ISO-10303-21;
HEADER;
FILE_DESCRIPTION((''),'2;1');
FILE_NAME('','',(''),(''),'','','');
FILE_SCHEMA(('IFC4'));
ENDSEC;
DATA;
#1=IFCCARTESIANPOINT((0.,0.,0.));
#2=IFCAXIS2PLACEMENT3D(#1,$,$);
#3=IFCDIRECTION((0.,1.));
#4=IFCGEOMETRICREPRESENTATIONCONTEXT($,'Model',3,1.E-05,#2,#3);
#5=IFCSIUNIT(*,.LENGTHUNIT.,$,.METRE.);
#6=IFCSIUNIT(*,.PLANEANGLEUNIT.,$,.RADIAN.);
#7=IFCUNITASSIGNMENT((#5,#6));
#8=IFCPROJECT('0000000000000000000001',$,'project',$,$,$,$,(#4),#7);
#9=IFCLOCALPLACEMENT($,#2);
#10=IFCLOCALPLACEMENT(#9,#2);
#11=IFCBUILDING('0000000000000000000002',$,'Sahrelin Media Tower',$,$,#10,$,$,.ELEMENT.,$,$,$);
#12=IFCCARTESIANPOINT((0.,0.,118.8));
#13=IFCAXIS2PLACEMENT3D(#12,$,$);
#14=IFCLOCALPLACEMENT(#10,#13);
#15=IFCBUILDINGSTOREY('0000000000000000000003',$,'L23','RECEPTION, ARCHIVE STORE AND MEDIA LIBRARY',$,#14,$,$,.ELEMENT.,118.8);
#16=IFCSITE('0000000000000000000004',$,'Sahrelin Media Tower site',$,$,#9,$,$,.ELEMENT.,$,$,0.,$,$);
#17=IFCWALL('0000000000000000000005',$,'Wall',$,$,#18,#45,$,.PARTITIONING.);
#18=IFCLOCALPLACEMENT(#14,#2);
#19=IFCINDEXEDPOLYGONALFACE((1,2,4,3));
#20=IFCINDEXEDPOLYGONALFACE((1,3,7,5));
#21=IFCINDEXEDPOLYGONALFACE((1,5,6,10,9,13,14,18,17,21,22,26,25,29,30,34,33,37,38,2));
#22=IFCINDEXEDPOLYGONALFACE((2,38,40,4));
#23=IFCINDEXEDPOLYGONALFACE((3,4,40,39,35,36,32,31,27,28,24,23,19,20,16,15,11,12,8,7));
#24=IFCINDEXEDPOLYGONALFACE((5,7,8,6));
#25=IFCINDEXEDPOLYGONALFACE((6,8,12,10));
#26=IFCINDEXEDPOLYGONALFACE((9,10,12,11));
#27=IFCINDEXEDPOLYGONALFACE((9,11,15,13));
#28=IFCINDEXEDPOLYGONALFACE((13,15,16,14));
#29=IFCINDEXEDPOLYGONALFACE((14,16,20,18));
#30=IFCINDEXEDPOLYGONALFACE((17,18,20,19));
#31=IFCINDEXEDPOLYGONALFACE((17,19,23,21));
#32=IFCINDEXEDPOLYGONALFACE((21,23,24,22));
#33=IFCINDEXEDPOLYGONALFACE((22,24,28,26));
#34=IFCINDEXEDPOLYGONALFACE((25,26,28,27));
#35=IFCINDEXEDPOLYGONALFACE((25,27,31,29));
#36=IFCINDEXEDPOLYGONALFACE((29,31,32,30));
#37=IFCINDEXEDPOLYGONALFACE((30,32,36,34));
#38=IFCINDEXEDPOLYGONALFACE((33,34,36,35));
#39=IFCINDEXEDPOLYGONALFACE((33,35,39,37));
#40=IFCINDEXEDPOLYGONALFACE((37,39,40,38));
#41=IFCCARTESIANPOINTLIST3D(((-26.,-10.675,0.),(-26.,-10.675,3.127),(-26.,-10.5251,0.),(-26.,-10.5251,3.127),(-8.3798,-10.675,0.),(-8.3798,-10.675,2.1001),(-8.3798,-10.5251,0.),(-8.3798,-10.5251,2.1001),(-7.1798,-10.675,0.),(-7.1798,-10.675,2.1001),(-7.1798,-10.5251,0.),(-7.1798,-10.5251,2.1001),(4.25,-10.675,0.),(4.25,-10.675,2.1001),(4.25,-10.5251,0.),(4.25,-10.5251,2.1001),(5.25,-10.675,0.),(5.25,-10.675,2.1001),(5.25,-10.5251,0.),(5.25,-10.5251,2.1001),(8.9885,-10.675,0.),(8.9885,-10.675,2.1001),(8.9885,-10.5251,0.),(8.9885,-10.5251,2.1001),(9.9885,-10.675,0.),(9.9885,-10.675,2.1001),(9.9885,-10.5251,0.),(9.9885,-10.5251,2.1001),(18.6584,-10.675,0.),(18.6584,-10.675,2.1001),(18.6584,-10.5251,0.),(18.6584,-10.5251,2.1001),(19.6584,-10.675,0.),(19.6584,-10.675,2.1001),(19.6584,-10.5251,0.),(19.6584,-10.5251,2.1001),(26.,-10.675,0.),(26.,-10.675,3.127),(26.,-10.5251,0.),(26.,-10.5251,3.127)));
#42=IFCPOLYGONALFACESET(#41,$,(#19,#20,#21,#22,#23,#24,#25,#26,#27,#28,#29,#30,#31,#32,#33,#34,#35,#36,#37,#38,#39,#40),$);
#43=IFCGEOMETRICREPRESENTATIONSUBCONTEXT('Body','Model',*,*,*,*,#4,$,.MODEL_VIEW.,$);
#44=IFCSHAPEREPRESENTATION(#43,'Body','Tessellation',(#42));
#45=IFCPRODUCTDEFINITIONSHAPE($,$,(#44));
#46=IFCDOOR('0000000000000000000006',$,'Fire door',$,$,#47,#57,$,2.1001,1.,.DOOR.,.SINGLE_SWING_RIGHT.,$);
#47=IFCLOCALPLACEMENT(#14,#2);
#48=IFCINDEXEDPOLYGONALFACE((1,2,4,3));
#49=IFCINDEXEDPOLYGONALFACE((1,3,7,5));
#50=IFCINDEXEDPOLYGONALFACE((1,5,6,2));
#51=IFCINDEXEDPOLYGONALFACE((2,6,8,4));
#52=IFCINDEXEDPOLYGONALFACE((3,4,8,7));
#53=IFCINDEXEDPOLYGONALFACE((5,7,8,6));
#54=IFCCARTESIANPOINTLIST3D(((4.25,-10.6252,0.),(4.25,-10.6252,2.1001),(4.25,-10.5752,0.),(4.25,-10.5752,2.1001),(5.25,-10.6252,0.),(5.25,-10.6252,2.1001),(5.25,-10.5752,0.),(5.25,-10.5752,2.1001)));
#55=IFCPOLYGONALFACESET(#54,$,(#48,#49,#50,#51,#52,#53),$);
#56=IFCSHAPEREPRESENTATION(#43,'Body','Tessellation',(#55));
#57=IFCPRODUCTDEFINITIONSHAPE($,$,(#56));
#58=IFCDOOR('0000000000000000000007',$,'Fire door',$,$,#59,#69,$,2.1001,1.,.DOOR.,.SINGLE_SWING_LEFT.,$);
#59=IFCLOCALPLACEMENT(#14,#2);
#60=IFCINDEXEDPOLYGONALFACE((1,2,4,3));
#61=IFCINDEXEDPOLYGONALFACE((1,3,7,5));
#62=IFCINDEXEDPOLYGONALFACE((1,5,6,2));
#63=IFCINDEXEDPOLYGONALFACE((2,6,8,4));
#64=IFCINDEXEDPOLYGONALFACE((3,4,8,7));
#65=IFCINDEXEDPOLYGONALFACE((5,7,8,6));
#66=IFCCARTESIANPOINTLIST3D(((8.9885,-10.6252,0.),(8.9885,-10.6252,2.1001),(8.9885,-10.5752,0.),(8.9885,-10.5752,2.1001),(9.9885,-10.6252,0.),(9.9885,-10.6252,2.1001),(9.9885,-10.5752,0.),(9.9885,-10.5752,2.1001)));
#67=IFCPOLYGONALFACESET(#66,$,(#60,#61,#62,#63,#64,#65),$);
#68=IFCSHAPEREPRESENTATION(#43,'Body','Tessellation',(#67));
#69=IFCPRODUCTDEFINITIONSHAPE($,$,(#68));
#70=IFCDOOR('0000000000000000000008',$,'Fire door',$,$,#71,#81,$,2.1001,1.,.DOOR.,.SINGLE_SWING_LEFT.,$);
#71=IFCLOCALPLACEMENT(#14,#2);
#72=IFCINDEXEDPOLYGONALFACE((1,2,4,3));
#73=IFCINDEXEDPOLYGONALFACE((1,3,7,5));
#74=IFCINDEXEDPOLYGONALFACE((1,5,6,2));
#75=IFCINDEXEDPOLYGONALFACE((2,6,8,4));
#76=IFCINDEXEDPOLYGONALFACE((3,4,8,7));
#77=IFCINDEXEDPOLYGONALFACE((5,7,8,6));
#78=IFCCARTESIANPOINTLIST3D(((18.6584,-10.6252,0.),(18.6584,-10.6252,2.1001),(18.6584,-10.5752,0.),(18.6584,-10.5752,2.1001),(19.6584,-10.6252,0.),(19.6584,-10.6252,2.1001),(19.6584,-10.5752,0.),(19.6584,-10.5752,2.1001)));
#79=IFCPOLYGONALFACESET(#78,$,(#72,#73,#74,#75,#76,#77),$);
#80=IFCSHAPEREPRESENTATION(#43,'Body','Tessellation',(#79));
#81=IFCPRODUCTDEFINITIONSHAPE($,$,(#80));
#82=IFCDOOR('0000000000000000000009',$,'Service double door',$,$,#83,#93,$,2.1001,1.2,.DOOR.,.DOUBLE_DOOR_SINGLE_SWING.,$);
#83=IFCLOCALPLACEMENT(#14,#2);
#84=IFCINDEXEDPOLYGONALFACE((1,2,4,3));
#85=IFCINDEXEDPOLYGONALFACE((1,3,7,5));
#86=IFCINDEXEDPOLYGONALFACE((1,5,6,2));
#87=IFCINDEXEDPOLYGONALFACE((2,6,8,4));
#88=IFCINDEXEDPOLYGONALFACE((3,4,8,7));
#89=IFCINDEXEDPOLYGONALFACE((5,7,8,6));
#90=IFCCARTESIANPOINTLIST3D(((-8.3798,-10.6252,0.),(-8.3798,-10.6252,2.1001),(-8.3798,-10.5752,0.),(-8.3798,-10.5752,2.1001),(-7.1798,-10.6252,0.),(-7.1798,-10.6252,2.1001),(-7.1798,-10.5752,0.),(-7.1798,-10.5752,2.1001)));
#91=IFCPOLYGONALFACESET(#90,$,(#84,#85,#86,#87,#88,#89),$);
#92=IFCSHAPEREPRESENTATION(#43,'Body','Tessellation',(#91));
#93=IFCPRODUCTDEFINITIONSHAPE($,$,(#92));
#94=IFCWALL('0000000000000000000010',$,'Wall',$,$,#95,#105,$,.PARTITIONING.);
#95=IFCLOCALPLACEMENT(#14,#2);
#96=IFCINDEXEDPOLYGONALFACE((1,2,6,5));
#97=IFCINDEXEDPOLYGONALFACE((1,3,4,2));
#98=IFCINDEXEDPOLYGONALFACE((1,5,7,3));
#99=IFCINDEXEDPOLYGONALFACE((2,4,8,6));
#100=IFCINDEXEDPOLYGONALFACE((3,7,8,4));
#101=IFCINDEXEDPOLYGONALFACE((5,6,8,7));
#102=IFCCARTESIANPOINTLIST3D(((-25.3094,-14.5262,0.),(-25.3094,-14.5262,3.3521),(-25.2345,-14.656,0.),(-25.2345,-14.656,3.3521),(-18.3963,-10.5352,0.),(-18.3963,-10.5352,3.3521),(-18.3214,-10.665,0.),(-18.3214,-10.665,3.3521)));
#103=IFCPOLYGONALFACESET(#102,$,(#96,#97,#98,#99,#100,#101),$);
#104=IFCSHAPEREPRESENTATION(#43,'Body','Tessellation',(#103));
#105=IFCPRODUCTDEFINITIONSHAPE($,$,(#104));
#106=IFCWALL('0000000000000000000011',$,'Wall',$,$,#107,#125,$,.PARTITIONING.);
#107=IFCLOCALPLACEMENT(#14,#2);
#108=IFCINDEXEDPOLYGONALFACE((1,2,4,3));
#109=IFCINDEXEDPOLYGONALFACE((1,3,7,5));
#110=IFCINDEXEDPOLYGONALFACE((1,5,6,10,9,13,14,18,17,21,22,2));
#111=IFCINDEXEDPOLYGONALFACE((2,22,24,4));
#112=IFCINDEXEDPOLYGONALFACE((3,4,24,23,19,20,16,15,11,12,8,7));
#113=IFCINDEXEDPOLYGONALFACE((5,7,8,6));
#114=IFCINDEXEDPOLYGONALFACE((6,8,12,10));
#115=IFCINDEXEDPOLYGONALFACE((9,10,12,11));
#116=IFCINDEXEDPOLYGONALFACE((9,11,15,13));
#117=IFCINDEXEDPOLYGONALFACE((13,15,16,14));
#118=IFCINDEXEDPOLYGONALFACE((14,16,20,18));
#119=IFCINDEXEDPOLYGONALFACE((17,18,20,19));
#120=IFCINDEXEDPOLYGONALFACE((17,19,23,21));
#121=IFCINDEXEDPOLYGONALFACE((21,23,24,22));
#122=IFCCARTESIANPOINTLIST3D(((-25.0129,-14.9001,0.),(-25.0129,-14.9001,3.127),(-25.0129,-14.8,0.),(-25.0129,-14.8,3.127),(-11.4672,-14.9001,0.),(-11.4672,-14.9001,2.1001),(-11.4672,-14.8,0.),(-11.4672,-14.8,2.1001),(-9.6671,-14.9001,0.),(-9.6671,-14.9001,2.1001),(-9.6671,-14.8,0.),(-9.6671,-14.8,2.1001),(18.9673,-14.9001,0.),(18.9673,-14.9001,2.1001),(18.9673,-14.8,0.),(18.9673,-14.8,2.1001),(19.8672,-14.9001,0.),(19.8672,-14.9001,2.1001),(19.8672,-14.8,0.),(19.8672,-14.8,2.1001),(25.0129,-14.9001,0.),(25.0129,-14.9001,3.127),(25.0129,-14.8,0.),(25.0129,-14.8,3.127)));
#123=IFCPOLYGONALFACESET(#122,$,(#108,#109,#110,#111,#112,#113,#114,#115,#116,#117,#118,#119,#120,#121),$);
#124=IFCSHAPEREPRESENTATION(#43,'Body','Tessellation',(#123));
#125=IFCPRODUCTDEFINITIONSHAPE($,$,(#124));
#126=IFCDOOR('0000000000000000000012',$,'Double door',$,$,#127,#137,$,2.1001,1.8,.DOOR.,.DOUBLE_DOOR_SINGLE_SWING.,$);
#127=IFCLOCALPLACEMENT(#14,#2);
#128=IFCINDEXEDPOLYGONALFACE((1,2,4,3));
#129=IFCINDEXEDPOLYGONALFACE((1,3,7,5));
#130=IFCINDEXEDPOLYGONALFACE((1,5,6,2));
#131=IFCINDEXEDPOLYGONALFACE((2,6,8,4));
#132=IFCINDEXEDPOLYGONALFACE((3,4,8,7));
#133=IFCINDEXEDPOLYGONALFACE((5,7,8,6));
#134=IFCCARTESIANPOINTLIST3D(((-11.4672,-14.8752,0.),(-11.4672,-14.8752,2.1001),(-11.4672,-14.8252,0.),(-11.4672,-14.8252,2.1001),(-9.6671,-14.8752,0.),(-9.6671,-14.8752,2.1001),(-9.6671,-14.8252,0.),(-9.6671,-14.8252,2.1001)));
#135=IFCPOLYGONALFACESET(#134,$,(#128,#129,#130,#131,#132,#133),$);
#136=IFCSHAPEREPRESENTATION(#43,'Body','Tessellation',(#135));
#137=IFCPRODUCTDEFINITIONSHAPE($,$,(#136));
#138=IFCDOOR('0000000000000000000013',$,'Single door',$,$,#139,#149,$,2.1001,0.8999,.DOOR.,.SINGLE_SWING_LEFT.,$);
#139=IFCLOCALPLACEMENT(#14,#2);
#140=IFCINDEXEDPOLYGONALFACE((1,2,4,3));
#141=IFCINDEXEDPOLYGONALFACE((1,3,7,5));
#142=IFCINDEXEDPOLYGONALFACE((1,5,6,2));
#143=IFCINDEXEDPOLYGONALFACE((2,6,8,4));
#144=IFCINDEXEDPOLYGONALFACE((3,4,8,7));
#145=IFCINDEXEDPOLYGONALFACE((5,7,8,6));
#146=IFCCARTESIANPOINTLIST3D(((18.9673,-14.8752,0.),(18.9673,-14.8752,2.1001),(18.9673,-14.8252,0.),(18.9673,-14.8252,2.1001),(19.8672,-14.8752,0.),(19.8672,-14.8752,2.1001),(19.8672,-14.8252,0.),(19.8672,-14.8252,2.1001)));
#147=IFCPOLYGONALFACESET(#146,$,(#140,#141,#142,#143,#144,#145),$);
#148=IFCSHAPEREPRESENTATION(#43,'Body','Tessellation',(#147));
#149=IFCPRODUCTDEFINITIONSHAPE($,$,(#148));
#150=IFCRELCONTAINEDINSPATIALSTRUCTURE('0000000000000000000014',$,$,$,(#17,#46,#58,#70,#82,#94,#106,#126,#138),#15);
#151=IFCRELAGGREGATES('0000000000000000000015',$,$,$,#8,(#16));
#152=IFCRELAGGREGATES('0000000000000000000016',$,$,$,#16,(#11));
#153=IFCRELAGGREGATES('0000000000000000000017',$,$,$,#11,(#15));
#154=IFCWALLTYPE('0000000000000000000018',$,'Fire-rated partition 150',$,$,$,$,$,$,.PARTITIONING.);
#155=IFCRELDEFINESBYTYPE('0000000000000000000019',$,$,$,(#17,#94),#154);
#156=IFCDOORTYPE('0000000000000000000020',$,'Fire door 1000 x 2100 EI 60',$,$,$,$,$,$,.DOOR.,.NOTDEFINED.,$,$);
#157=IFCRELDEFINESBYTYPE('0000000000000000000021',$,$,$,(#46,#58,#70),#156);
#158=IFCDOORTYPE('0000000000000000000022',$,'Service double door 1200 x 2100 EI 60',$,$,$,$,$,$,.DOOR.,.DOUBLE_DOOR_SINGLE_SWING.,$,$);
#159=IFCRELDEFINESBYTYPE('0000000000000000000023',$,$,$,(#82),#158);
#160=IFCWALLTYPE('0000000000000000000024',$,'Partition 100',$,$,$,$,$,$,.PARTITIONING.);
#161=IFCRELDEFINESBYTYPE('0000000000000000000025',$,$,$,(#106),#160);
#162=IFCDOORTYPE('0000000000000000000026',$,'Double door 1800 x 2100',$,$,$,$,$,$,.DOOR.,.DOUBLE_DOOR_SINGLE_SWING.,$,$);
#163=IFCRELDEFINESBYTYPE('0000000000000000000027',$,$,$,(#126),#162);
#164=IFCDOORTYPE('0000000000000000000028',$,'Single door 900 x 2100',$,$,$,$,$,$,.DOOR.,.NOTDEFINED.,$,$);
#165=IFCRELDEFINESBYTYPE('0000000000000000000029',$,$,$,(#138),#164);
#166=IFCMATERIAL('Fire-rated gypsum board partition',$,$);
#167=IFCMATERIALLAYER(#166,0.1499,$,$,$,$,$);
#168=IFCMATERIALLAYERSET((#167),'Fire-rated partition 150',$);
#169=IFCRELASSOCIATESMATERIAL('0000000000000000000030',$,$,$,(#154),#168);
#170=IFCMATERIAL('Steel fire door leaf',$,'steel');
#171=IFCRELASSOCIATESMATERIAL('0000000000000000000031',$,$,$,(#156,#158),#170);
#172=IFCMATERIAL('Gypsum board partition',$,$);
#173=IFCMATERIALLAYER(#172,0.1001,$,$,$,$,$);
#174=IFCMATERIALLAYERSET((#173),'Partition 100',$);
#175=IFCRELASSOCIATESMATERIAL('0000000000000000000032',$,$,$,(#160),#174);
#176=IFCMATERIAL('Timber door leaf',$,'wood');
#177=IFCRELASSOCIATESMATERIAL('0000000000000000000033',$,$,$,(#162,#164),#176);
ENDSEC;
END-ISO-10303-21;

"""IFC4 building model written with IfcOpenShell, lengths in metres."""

from ifc_helpers import new_model, si_unit, direction, frame, frame_2d, origin, place, context, subcontext, project, spatial, rectangle, extrude, material, layer, layer_set, type_object, element, fill, save


model = new_model("IFC4")

# Units and contexts
model_context = context("Model", 3, precision=1e-05, world=origin(), true_north=direction((0.0, 1.0)))
body_context = subcontext(model_context, "Body", "Model", "MODEL_VIEW")
ifc_project = project(units=[si_unit("LENGTHUNIT", "METRE"), si_unit("PLANEANGLEUNIT", "RADIAN")], contexts=[model_context])

# Site, building, storey
site_placement = place(None, origin())
site = spatial("IfcSite", under=ifc_project, at=site_placement, Name="Sahrelin Media Tower site", CompositionType="ELEMENT", RefElevation=0.0)
building_placement = place(site_placement, origin())
building = spatial("IfcBuilding", under=site, at=building_placement, Name="Sahrelin Media Tower", CompositionType="ELEMENT")
storey_placement = place(building_placement, frame((0.0, 0.0, 118.8)))
storey = spatial("IfcBuildingStorey", under=building, at=storey_placement, Name="L23", Description="RECEPTION, ARCHIVE STORE AND MEDIA LIBRARY", CompositionType="ELEMENT", Elevation=118.8)

# Wall, openings, doors
ifc_material_1 = material(Name="Fire-rated gypsum board partition")
ifc_layer_1 = layer(ifc_material_1, 0.1499)
ifc_layer_set_1 = layer_set([ifc_layer_1], Name="Fire-rated partition 150")
wall_type_1 = type_object("IfcWallType", Name="Fire-rated partition 150", PredefinedType="PARTITIONING", material=ifc_layer_set_1)
wall_1_placement = place(storey_placement, frame((-26.0, -10.6001, 0.0), z_axis=(0.0, 0.0, 1.0), x_axis=(1.0, 0.0, 0.0)))
wall_1 = element("IfcWall", 1, at=wall_1_placement, inside=storey, type_object=wall_type_1, Name="Wall", PredefinedType="PARTITIONING", context=body_context, shape_type="SweptSolid", body=[
    extrude(rectangle(XDim=52.0, YDim=0.1499, at=frame_2d((26.0, 0.0))), origin(), (0.0, 0.0, 1.0), 3.127),
])
opening_1_placement = place(wall_1_placement, frame((17.6201, 0.0, 0.0)))
opening_1 = element("IfcOpeningElement", 2, at=opening_1_placement, cuts=wall_1, PredefinedType="OPENING", context=body_context, shape_type="SweptSolid", body=[
    extrude(rectangle(XDim=1.2, YDim=2.1001, at=frame_2d((0.6001, 1.05))), frame((0.0, 0.075, 0.0), z_axis=(0.0, -1.0, 0.0), x_axis=(1.0, 0.0, 0.0)), (0.0, 0.0, 1.0), 0.1499),
])
opening_2_placement = place(wall_1_placement, frame((30.25, 0.0, 0.0)))
opening_2 = element("IfcOpeningElement", 3, at=opening_2_placement, cuts=wall_1, PredefinedType="OPENING", context=body_context, shape_type="SweptSolid", body=[
    extrude(rectangle(XDim=1.0, YDim=2.1001, at=frame_2d((0.5, 1.05))), frame((0.0, 0.075, 0.0), z_axis=(0.0, -1.0, 0.0), x_axis=(1.0, 0.0, 0.0)), (0.0, 0.0, 1.0), 0.1499),
])
opening_3_placement = place(wall_1_placement, frame((34.9885, 0.0, 0.0)))
opening_3 = element("IfcOpeningElement", 4, at=opening_3_placement, cuts=wall_1, PredefinedType="OPENING", context=body_context, shape_type="SweptSolid", body=[
    extrude(rectangle(XDim=1.0, YDim=2.1001, at=frame_2d((0.5, 1.05))), frame((0.0, 0.075, 0.0), z_axis=(0.0, -1.0, 0.0), x_axis=(1.0, 0.0, 0.0)), (0.0, 0.0, 1.0), 0.1499),
])
opening_4_placement = place(wall_1_placement, frame((44.6584, 0.0, 0.0)))
opening_4 = element("IfcOpeningElement", 5, at=opening_4_placement, cuts=wall_1, PredefinedType="OPENING", context=body_context, shape_type="SweptSolid", body=[
    extrude(rectangle(XDim=1.0, YDim=2.1001, at=frame_2d((0.5, 1.05))), frame((0.0, 0.075, 0.0), z_axis=(0.0, -1.0, 0.0), x_axis=(1.0, 0.0, 0.0)), (0.0, 0.0, 1.0), 0.1499),
])
ifc_material_2 = material(Name="Steel fire door leaf", Category="steel")
door_type_1 = type_object("IfcDoorType", Name="Fire door 1000 x 2100 EI 60", OperationType="NOTDEFINED", PredefinedType="DOOR", material=ifc_material_2)
door_1_placement = place(opening_2_placement, origin())
door_1 = element("IfcDoor", 6, at=door_1_placement, inside=storey, type_object=door_type_1, Name="Fire door", OperationType="SINGLE_SWING_RIGHT", OverallHeight=2.1001, OverallWidth=1.0, PredefinedType="DOOR", context=body_context, shape_type="SweptSolid", body=[
    extrude(rectangle(XDim=1.0, YDim=2.1001, at=frame_2d((0.5, 1.05))), frame((0.0, 0.0249, 0.0), z_axis=(0.0, -1.0, 0.0), x_axis=(1.0, 0.0, 0.0)), (0.0, 0.0, 1.0), 0.05),
])
fill(opening_2, door_1)
door_2_placement = place(opening_3_placement, origin())
door_2 = element("IfcDoor", 7, at=door_2_placement, inside=storey, type_object=door_type_1, Name="Fire door", OperationType="SINGLE_SWING_LEFT", OverallHeight=2.1001, OverallWidth=1.0, PredefinedType="DOOR", context=body_context, shape_type="SweptSolid", body=[
    extrude(rectangle(XDim=1.0, YDim=2.1001, at=frame_2d((0.5, 1.05))), frame((0.0, 0.0249, 0.0), z_axis=(0.0, -1.0, 0.0), x_axis=(1.0, 0.0, 0.0)), (0.0, 0.0, 1.0), 0.05),
])
fill(opening_3, door_2)
door_3_placement = place(opening_4_placement, origin())
door_3 = element("IfcDoor", 8, at=door_3_placement, inside=storey, type_object=door_type_1, Name="Fire door", OperationType="SINGLE_SWING_LEFT", OverallHeight=2.1001, OverallWidth=1.0, PredefinedType="DOOR", context=body_context, shape_type="SweptSolid", body=[
    extrude(rectangle(XDim=1.0, YDim=2.1001, at=frame_2d((0.5, 1.05))), frame((0.0, 0.0249, 0.0), z_axis=(0.0, -1.0, 0.0), x_axis=(1.0, 0.0, 0.0)), (0.0, 0.0, 1.0), 0.05),
])
fill(opening_4, door_3)
door_type_2 = type_object("IfcDoorType", Name="Service double door 1200 x 2100 EI 60", OperationType="DOUBLE_DOOR_SINGLE_SWING", PredefinedType="DOOR", material=ifc_material_2)
door_4_placement = place(opening_1_placement, origin())
door_4 = element("IfcDoor", 9, at=door_4_placement, inside=storey, type_object=door_type_2, Name="Service double door", OperationType="DOUBLE_DOOR_SINGLE_SWING", OverallHeight=2.1001, OverallWidth=1.2, PredefinedType="DOOR", context=body_context, shape_type="SweptSolid", body=[
    extrude(rectangle(XDim=1.2, YDim=2.1001, at=frame_2d((0.6001, 1.05))), frame((0.0, 0.0249, 0.0), z_axis=(0.0, -1.0, 0.0), x_axis=(1.0, 0.0, 0.0)), (0.0, 0.0, 1.0), 0.05),
])
fill(opening_1, door_4)

# Wall
wall_2_placement = place(storey_placement, frame((-25.272, -14.5911, 0.0), z_axis=(0.0, 0.0, 1.0), x_axis=(0.866042, 0.499971, 0.0)))
element("IfcWall", 10, at=wall_2_placement, inside=storey, type_object=wall_type_1, Name="Wall", PredefinedType="PARTITIONING", context=body_context, shape_type="SweptSolid", body=[
    extrude(rectangle(XDim=7.9824, YDim=0.1499, at=frame_2d((3.9912, 0.0))), origin(), (0.0, 0.0, 1.0), 3.3521),
])

# Wall, openings, doors
ifc_material_3 = material(Name="Gypsum board partition")
ifc_layer_2 = layer(ifc_material_3, 0.1001)
ifc_layer_set_2 = layer_set([ifc_layer_2], Name="Partition 100")
wall_type_2 = type_object("IfcWallType", Name="Partition 100", PredefinedType="PARTITIONING", material=ifc_layer_set_2)
wall_3_placement = place(storey_placement, frame((-25.0129, -14.8501, 0.0), z_axis=(0.0, 0.0, 1.0), x_axis=(1.0, 0.0, 0.0)))
wall_3 = element("IfcWall", 11, at=wall_3_placement, inside=storey, type_object=wall_type_2, Name="Wall", PredefinedType="PARTITIONING", context=body_context, shape_type="SweptSolid", body=[
    extrude(rectangle(XDim=50.0259, YDim=0.1001, at=frame_2d((25.0129, 0.0))), origin(), (0.0, 0.0, 1.0), 3.127),
])
opening_5_placement = place(wall_3_placement, frame((13.5459, 0.0, 0.0)))
opening_5 = element("IfcOpeningElement", 12, at=opening_5_placement, cuts=wall_3, PredefinedType="OPENING", context=body_context, shape_type="SweptSolid", body=[
    extrude(rectangle(XDim=1.8, YDim=2.1001, at=frame_2d((0.8999, 1.05))), frame((0.0, 0.05, 0.0), z_axis=(0.0, -1.0, 0.0), x_axis=(1.0, 0.0, 0.0)), (0.0, 0.0, 1.0), 0.1001),
])
opening_6_placement = place(wall_3_placement, frame((43.9802, 0.0, 0.0)))
opening_6 = element("IfcOpeningElement", 13, at=opening_6_placement, cuts=wall_3, PredefinedType="OPENING", context=body_context, shape_type="SweptSolid", body=[
    extrude(rectangle(XDim=0.8999, YDim=2.1001, at=frame_2d((0.45, 1.05))), frame((0.0, 0.05, 0.0), z_axis=(0.0, -1.0, 0.0), x_axis=(1.0, 0.0, 0.0)), (0.0, 0.0, 1.0), 0.1001),
])
ifc_material_4 = material(Name="Timber door leaf", Category="wood")
door_type_3 = type_object("IfcDoorType", Name="Double door 1800 x 2100", OperationType="DOUBLE_DOOR_SINGLE_SWING", PredefinedType="DOOR", material=ifc_material_4)
door_5_placement = place(opening_5_placement, origin())
door_5 = element("IfcDoor", 14, at=door_5_placement, inside=storey, type_object=door_type_3, Name="Double door", OperationType="DOUBLE_DOOR_SINGLE_SWING", OverallHeight=2.1001, OverallWidth=1.8, PredefinedType="DOOR", context=body_context, shape_type="SweptSolid", body=[
    extrude(rectangle(XDim=1.8, YDim=2.1001, at=frame_2d((0.8999, 1.05))), frame((0.0, 0.0249, 0.0), z_axis=(0.0, -1.0, 0.0), x_axis=(1.0, 0.0, 0.0)), (0.0, 0.0, 1.0), 0.05),
])
fill(opening_5, door_5)
door_type_4 = type_object("IfcDoorType", Name="Single door 900 x 2100", OperationType="NOTDEFINED", PredefinedType="DOOR", material=ifc_material_4)
door_6_placement = place(opening_6_placement, origin())
door_6 = element("IfcDoor", 15, at=door_6_placement, inside=storey, type_object=door_type_4, Name="Single door", OperationType="SINGLE_SWING_LEFT", OverallHeight=2.1001, OverallWidth=0.8999, PredefinedType="DOOR", context=body_context, shape_type="SweptSolid", body=[
    extrude(rectangle(XDim=0.8999, YDim=2.1001, at=frame_2d((0.45, 1.05))), frame((0.0, 0.0249, 0.0), z_axis=(0.0, -1.0, 0.0), x_axis=(1.0, 0.0, 0.0)), (0.0, 0.0, 1.0), 0.05),
])
fill(opening_6, door_6)

save(model, "model.ifc")
